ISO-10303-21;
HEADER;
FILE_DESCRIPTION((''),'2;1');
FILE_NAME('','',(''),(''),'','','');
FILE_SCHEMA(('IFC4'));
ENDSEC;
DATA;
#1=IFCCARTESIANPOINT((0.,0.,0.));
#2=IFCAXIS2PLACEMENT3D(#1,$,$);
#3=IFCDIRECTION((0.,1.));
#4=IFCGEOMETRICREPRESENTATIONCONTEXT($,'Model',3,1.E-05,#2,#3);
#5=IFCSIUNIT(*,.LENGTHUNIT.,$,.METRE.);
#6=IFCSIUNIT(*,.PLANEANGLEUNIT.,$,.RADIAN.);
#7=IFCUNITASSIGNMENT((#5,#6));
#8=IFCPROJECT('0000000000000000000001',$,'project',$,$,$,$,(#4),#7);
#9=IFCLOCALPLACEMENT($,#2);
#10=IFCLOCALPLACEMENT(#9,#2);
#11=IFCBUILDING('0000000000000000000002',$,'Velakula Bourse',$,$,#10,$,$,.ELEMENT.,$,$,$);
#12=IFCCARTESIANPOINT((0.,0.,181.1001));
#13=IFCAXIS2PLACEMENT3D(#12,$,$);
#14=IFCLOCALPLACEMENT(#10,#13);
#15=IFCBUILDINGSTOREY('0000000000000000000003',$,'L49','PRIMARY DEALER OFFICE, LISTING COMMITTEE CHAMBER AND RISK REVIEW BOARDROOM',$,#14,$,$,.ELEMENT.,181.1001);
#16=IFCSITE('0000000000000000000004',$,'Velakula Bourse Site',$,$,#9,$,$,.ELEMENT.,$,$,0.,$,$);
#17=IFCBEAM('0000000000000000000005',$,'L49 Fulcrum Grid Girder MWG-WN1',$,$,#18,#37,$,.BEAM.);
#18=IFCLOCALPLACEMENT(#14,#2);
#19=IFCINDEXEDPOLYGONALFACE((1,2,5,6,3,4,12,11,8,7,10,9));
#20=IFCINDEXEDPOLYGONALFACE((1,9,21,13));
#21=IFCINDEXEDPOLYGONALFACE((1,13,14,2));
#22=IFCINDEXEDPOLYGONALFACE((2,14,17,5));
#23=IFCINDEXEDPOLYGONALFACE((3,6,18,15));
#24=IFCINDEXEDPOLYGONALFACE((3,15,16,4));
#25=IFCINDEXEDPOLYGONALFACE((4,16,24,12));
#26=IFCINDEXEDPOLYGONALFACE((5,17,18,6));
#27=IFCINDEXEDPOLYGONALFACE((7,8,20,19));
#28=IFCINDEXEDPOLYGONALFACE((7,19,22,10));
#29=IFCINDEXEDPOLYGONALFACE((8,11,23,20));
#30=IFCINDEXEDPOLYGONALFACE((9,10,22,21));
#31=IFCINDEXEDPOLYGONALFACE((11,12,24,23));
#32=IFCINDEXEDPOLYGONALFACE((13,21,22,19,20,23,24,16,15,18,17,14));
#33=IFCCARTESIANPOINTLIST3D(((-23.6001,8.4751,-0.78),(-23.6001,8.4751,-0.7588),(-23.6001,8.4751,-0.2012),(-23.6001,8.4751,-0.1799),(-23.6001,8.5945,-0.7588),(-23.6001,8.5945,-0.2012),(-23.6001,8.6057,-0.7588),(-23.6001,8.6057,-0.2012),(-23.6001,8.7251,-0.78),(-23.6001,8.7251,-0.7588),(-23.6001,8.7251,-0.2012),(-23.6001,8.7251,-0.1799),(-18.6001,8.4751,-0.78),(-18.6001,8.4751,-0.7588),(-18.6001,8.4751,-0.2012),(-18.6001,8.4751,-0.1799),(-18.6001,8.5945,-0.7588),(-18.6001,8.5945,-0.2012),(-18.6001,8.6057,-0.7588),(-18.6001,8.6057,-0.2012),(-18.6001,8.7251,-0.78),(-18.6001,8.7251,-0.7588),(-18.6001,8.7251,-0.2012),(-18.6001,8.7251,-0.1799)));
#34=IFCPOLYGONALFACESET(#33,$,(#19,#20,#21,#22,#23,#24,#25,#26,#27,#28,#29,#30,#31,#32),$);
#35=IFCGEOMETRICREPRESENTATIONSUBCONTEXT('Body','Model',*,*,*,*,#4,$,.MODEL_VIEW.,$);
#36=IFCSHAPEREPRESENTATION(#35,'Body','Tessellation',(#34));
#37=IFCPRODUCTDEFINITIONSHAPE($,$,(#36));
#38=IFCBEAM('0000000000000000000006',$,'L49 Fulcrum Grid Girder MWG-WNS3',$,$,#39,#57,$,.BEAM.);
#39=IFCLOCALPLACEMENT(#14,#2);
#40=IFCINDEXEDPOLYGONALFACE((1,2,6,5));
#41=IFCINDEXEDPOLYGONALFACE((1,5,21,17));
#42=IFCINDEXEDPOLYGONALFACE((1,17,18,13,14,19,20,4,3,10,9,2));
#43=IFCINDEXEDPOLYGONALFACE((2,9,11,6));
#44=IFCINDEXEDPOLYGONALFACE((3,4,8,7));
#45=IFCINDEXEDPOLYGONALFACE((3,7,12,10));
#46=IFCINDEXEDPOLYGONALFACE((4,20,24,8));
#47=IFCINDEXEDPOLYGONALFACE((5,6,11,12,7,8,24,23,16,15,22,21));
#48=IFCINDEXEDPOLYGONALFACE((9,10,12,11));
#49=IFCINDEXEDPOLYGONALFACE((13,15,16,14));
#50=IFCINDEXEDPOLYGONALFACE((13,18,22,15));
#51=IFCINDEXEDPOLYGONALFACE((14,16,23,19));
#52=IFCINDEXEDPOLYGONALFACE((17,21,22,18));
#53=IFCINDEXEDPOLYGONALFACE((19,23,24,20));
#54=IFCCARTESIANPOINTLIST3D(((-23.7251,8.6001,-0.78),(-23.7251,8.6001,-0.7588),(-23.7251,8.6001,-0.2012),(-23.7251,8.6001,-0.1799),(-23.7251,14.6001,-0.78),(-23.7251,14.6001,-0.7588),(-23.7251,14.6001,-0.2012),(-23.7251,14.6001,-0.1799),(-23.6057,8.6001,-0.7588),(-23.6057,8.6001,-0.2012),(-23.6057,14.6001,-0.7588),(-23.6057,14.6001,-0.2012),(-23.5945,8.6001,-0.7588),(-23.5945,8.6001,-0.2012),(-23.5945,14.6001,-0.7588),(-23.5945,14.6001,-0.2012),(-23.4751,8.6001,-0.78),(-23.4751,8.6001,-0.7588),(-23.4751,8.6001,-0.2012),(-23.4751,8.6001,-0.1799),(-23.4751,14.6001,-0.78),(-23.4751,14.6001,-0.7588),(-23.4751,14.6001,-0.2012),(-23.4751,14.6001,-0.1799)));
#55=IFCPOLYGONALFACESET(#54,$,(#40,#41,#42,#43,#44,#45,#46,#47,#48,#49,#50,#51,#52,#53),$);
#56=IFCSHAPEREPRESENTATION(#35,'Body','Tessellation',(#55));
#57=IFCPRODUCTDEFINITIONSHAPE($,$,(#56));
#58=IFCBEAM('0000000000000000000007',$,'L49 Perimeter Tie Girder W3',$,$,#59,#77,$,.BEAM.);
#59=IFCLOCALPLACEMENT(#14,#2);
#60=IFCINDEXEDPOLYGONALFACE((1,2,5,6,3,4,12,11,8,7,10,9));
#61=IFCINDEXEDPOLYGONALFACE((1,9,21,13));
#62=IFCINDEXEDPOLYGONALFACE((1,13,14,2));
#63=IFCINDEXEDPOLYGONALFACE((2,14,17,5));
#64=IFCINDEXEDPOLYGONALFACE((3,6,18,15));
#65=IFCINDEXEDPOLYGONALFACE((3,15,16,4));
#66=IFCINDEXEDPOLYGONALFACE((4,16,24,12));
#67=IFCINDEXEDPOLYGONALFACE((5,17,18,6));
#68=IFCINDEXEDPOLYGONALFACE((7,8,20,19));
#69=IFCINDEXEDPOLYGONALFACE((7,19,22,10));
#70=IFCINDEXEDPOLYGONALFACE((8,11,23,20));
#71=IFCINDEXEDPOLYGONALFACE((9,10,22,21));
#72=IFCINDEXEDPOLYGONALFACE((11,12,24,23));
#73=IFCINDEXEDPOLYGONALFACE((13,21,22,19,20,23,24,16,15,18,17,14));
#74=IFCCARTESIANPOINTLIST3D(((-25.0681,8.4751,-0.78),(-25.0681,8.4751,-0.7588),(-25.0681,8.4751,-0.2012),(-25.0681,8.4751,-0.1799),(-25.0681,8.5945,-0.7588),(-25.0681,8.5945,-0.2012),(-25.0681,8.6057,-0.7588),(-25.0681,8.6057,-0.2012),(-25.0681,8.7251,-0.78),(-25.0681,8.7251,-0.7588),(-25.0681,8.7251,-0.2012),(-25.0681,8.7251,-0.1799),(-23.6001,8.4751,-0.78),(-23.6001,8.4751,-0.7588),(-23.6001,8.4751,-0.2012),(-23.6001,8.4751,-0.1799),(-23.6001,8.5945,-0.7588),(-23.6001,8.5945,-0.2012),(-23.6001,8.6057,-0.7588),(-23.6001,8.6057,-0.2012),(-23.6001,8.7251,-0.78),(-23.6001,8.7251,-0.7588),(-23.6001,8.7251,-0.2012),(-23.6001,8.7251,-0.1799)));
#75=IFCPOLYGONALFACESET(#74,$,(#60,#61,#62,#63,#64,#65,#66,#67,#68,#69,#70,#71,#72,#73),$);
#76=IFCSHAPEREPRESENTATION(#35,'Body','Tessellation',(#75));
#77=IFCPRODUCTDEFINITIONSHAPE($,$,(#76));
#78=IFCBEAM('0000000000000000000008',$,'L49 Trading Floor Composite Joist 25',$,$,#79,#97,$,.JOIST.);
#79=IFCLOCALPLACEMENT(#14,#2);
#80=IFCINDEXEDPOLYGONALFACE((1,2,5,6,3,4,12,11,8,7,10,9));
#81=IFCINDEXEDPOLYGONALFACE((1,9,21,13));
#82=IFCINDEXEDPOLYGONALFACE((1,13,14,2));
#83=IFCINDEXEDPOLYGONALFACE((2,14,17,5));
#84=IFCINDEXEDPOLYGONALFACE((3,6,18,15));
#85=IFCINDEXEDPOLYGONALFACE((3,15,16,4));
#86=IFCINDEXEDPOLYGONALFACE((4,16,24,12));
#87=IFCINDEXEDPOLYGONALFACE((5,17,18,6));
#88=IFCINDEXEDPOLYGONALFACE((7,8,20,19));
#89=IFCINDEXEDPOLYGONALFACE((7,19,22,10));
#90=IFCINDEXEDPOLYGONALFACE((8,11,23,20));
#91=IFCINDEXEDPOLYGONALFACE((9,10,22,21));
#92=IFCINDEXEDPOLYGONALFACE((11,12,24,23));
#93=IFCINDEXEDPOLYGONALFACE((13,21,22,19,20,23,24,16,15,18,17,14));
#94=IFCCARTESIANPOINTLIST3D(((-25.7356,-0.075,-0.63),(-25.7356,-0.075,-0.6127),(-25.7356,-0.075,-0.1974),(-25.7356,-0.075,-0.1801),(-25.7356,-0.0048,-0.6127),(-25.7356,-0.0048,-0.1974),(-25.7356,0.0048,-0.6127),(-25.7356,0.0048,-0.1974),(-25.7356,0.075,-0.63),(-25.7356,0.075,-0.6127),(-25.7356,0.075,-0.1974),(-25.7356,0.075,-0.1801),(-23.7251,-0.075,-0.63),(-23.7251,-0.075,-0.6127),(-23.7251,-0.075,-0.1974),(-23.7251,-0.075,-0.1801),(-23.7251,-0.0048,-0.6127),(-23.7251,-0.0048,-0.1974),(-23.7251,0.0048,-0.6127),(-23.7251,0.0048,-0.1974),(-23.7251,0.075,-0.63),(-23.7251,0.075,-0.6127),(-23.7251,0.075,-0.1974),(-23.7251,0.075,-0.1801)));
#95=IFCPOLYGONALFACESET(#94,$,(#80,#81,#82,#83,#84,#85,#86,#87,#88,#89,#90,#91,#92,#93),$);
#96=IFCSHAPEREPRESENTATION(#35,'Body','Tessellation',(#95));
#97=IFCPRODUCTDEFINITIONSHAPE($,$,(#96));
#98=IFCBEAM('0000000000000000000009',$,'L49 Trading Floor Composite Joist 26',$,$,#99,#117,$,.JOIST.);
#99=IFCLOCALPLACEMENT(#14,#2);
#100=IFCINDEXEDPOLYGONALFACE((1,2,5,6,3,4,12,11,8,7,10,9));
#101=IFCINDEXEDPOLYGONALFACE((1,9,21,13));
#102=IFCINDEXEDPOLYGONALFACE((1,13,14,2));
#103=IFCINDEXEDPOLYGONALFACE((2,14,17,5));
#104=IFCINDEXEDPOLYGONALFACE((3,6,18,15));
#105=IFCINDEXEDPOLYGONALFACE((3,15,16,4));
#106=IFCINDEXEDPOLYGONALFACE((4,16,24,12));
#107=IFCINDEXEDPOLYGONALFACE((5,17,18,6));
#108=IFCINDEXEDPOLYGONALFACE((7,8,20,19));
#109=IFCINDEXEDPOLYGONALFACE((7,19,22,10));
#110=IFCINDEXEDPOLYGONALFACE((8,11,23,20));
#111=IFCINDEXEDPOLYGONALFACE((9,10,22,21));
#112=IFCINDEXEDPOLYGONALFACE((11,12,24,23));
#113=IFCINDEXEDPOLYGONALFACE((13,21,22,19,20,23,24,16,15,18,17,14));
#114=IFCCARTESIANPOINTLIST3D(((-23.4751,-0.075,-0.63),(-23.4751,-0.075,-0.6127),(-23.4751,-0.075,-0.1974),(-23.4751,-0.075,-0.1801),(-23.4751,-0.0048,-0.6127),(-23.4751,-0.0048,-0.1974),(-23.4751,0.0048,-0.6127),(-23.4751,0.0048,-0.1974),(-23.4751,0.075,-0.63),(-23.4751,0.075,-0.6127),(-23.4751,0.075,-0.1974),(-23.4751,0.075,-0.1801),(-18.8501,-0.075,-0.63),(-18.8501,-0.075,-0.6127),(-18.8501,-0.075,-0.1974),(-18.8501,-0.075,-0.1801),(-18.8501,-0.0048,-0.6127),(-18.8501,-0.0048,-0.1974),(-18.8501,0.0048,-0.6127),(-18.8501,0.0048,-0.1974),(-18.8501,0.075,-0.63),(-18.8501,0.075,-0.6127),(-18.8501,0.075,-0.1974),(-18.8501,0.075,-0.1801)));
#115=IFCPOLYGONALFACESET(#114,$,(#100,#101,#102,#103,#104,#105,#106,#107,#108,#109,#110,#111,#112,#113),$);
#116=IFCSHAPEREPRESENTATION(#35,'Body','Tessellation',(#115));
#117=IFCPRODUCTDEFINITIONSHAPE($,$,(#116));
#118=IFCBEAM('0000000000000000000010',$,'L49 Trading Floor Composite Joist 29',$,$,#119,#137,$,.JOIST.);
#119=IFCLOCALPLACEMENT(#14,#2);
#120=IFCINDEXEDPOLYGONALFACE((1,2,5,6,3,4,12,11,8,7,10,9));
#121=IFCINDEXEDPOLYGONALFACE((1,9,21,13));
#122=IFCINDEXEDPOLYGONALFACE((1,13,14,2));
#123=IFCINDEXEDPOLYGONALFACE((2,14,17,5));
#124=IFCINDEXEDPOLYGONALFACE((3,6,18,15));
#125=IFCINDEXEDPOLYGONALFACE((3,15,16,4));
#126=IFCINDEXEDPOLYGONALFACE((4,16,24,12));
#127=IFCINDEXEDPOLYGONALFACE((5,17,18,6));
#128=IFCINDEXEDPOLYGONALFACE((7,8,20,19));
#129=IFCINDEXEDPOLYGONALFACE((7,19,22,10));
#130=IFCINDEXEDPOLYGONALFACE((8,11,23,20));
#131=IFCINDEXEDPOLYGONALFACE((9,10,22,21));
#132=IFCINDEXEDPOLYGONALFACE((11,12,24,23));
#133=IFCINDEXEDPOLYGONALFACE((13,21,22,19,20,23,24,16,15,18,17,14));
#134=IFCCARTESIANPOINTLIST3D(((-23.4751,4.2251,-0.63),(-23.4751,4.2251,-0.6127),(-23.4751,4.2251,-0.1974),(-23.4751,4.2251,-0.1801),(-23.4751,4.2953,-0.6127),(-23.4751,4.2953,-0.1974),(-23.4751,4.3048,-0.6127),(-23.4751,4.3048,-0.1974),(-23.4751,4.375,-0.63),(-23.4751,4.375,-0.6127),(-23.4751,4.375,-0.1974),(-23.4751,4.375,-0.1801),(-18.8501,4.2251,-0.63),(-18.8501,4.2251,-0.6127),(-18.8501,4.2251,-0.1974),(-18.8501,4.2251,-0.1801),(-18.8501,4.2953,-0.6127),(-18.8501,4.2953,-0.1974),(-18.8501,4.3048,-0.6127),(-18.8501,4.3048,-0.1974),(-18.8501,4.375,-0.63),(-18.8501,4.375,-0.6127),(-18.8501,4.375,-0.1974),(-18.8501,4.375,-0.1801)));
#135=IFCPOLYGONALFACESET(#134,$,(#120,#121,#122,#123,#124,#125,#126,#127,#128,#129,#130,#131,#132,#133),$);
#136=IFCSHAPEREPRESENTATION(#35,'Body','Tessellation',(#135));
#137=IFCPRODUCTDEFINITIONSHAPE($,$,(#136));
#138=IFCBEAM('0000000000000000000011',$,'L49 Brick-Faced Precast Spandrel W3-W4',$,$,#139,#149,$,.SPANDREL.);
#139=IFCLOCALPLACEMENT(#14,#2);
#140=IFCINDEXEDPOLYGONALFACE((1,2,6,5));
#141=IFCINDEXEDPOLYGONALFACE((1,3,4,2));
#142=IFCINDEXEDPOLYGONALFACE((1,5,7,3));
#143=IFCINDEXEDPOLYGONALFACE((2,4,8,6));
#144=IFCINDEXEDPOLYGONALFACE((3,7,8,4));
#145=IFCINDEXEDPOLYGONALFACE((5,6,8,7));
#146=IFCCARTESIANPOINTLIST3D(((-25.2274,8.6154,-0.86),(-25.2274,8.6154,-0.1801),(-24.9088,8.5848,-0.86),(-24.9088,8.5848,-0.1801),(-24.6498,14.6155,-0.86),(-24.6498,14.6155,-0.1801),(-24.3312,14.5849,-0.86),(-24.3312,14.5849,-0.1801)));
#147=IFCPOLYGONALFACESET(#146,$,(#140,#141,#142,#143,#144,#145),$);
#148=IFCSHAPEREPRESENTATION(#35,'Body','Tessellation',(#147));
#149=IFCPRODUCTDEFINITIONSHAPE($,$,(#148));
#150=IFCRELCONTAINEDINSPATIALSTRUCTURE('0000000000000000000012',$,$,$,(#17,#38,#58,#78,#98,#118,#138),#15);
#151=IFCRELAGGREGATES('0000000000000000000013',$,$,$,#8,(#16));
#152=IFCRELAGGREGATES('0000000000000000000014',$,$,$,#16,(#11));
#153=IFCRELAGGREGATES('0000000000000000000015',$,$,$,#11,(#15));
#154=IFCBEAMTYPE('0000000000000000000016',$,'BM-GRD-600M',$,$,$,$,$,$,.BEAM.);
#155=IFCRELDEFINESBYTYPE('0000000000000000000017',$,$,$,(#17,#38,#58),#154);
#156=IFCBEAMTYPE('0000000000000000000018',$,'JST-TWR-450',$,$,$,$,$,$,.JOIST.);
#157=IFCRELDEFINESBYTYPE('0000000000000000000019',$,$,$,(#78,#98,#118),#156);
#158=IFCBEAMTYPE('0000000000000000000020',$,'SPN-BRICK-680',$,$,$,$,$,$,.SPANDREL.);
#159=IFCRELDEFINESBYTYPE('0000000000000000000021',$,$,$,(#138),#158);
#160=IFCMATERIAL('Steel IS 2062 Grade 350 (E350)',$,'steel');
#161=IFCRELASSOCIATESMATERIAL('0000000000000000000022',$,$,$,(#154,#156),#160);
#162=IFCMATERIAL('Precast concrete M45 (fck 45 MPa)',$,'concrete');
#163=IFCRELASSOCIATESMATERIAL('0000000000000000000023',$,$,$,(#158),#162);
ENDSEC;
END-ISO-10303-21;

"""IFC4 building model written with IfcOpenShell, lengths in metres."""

from ifc_helpers import new_model, si_unit, direction, frame, origin, origin_2d, place, context, subcontext, project, spatial, rectangle, i_section, extrude, material, material_profile, profile_set, type_object, element, save


model = new_model("IFC4")

# Units and contexts
model_context = context("Model", 3, precision=1e-05, world=origin(), true_north=direction((0.0, 1.0)))
body_context = subcontext(model_context, "Body", "Model", "MODEL_VIEW")
ifc_project = project(units=[si_unit("LENGTHUNIT", "METRE"), si_unit("PLANEANGLEUNIT", "RADIAN")], contexts=[model_context])

# Site, building, storey
site_placement = place(None, origin())
site = spatial("IfcSite", under=ifc_project, at=site_placement, Name="Velakula Bourse Site", CompositionType="ELEMENT", RefElevation=0.0)
building_placement = place(site_placement, origin())
building = spatial("IfcBuilding", under=site, at=building_placement, Name="Velakula Bourse", CompositionType="ELEMENT")
storey_placement = place(building_placement, frame((0.0, 0.0, 181.1001)))
storey = spatial("IfcBuildingStorey", under=building, at=storey_placement, Name="L49", Description="PRIMARY DEALER OFFICE, LISTING COMMITTEE CHAMBER AND RISK REVIEW BOARDROOM", CompositionType="ELEMENT", Elevation=181.1001)

# Shared definitions
ifc_material_1 = material(Name="Steel IS 2062 Grade 350 (E350)", Category="steel")

# Beams
ifc_material_profile_1 = material_profile(ifc_material_1, i_section(OverallWidth=0.25, OverallDepth=0.6001, WebThickness=0.0112, FlangeThickness=0.0212, at=origin_2d()), Name="Steel IS 2062 Grade 350 (E350)")
ifc_profile_set_1 = profile_set([ifc_material_profile_1], Name="Steel IS 2062 Grade 350 (E350)")
beam_type_1 = type_object("IfcBeamType", Name="BM-GRD-600M", PredefinedType="BEAM", material=ifc_profile_set_1)
beam_1_placement = place(storey_placement, frame((-23.6001, 8.6001, -0.48), z_axis=(1.0, 0.0, 0.0), x_axis=(0.0, 1.0, 0.0)))
element("IfcBeam", 1, at=beam_1_placement, inside=storey, type_object=beam_type_1, Name="L49 Fulcrum Grid Girder MWG-WN1", PredefinedType="BEAM", context=body_context, shape_type="SweptSolid", body=[
    extrude(i_section(OverallWidth=0.25, OverallDepth=0.6001, WebThickness=0.0112, FlangeThickness=0.0212, at=origin_2d()), origin(), (0.0, 0.0, 1.0), 5.0),
])
beam_2_placement = place(storey_placement, frame((-23.6001, 8.6001, -0.48), z_axis=(0.0, 1.0, 0.0), x_axis=(-1.0, 0.0, 0.0)))
element("IfcBeam", 2, at=beam_2_placement, inside=storey, type_object=beam_type_1, Name="L49 Fulcrum Grid Girder MWG-WNS3", PredefinedType="BEAM", context=body_context, shape_type="SweptSolid", body=[
    extrude(i_section(OverallWidth=0.25, OverallDepth=0.6001, WebThickness=0.0112, FlangeThickness=0.0212, at=origin_2d()), origin(), (0.0, 0.0, 1.0), 6.0),
])
beam_3_placement = place(storey_placement, frame((-23.6001, 8.6001, -0.48), z_axis=(-1.0, 0.0, 0.0), x_axis=(0.0, -1.0, 0.0)))
element("IfcBeam", 3, at=beam_3_placement, inside=storey, type_object=beam_type_1, Name="L49 Perimeter Tie Girder W3", PredefinedType="BEAM", context=body_context, shape_type="SweptSolid", body=[
    extrude(i_section(OverallWidth=0.25, OverallDepth=0.6001, WebThickness=0.0112, FlangeThickness=0.0212, at=origin_2d()), origin(), (0.0, 0.0, 1.0), 1.468),
])
ifc_material_profile_2 = material_profile(ifc_material_1, i_section(OverallWidth=0.1499, OverallDepth=0.45, WebThickness=0.0095, FlangeThickness=0.0173, at=origin_2d()), Name="Steel IS 2062 Grade 350 (E350)")
ifc_profile_set_2 = profile_set([ifc_material_profile_2], Name="Steel IS 2062 Grade 350 (E350)")
beam_type_2 = type_object("IfcBeamType", Name="JST-TWR-450", PredefinedType="JOIST", material=ifc_profile_set_2)
beam_4_placement = place(storey_placement, frame((-25.7356, 0.0, -0.405), z_axis=(1.0, 0.0, 0.0), x_axis=(0.0, 1.0, 0.0)))
element("IfcBeam", 4, at=beam_4_placement, inside=storey, type_object=beam_type_2, Name="L49 Trading Floor Composite Joist 25", PredefinedType="JOIST", context=body_context, shape_type="SweptSolid", body=[
    extrude(i_section(OverallWidth=0.1499, OverallDepth=0.45, WebThickness=0.0095, FlangeThickness=0.0173, at=origin_2d()), origin(), (0.0, 0.0, 1.0), 2.0105),
])
for number, where, z_axis, x_axis, name in (
    (5, (-23.4751, 0.0, -0.405), (1.0, 0.0, 0.0), (0.0, 1.0, 0.0), "L49 Trading Floor Composite Joist 26"),
    (6, (-23.4751, 4.3, -0.405), (1.0, 0.0, 0.0), (0.0, 1.0, 0.0), "L49 Trading Floor Composite Joist 29"),
):
    element("IfcBeam", number, at=place(storey_placement, frame(where, z_axis=z_axis, x_axis=x_axis)), inside=storey, type_object=beam_type_2, Name=name, PredefinedType="JOIST", context=body_context, shape_type="SweptSolid", body=[
        extrude(i_section(OverallWidth=0.1499, OverallDepth=0.45, WebThickness=0.0095, FlangeThickness=0.0173, at=origin_2d()), origin(), (0.0, 0.0, 1.0), 4.625),
    ])
ifc_material_2 = material(Name="Precast concrete M45 (fck 45 MPa)", Category="concrete")
ifc_material_profile_3 = material_profile(ifc_material_2, rectangle(XDim=0.3201, YDim=0.6799, at=origin_2d()), Name="Precast concrete M45 (fck 45 MPa)")
ifc_profile_set_3 = profile_set([ifc_material_profile_3], Name="Precast concrete M45 (fck 45 MPa)")
beam_type_3 = type_object("IfcBeamType", Name="SPN-BRICK-680", PredefinedType="SPANDREL", material=ifc_profile_set_3)
beam_5_placement = place(storey_placement, frame((-25.0681, 8.6001, -0.52), z_axis=(0.09583, 0.995398, 0.0), x_axis=(-0.995398, 0.09583, 0.0)))
element("IfcBeam", 7, at=beam_5_placement, inside=storey, type_object=beam_type_3, Name="L49 Brick-Faced Precast Spandrel W3-W4", PredefinedType="SPANDREL", context=body_context, shape_type="SweptSolid", body=[
    extrude(rectangle(XDim=0.3201, YDim=0.6799, at=origin_2d()), origin(), (0.0, 0.0, 1.0), 6.0278),
])

save(model, "model.ifc")
